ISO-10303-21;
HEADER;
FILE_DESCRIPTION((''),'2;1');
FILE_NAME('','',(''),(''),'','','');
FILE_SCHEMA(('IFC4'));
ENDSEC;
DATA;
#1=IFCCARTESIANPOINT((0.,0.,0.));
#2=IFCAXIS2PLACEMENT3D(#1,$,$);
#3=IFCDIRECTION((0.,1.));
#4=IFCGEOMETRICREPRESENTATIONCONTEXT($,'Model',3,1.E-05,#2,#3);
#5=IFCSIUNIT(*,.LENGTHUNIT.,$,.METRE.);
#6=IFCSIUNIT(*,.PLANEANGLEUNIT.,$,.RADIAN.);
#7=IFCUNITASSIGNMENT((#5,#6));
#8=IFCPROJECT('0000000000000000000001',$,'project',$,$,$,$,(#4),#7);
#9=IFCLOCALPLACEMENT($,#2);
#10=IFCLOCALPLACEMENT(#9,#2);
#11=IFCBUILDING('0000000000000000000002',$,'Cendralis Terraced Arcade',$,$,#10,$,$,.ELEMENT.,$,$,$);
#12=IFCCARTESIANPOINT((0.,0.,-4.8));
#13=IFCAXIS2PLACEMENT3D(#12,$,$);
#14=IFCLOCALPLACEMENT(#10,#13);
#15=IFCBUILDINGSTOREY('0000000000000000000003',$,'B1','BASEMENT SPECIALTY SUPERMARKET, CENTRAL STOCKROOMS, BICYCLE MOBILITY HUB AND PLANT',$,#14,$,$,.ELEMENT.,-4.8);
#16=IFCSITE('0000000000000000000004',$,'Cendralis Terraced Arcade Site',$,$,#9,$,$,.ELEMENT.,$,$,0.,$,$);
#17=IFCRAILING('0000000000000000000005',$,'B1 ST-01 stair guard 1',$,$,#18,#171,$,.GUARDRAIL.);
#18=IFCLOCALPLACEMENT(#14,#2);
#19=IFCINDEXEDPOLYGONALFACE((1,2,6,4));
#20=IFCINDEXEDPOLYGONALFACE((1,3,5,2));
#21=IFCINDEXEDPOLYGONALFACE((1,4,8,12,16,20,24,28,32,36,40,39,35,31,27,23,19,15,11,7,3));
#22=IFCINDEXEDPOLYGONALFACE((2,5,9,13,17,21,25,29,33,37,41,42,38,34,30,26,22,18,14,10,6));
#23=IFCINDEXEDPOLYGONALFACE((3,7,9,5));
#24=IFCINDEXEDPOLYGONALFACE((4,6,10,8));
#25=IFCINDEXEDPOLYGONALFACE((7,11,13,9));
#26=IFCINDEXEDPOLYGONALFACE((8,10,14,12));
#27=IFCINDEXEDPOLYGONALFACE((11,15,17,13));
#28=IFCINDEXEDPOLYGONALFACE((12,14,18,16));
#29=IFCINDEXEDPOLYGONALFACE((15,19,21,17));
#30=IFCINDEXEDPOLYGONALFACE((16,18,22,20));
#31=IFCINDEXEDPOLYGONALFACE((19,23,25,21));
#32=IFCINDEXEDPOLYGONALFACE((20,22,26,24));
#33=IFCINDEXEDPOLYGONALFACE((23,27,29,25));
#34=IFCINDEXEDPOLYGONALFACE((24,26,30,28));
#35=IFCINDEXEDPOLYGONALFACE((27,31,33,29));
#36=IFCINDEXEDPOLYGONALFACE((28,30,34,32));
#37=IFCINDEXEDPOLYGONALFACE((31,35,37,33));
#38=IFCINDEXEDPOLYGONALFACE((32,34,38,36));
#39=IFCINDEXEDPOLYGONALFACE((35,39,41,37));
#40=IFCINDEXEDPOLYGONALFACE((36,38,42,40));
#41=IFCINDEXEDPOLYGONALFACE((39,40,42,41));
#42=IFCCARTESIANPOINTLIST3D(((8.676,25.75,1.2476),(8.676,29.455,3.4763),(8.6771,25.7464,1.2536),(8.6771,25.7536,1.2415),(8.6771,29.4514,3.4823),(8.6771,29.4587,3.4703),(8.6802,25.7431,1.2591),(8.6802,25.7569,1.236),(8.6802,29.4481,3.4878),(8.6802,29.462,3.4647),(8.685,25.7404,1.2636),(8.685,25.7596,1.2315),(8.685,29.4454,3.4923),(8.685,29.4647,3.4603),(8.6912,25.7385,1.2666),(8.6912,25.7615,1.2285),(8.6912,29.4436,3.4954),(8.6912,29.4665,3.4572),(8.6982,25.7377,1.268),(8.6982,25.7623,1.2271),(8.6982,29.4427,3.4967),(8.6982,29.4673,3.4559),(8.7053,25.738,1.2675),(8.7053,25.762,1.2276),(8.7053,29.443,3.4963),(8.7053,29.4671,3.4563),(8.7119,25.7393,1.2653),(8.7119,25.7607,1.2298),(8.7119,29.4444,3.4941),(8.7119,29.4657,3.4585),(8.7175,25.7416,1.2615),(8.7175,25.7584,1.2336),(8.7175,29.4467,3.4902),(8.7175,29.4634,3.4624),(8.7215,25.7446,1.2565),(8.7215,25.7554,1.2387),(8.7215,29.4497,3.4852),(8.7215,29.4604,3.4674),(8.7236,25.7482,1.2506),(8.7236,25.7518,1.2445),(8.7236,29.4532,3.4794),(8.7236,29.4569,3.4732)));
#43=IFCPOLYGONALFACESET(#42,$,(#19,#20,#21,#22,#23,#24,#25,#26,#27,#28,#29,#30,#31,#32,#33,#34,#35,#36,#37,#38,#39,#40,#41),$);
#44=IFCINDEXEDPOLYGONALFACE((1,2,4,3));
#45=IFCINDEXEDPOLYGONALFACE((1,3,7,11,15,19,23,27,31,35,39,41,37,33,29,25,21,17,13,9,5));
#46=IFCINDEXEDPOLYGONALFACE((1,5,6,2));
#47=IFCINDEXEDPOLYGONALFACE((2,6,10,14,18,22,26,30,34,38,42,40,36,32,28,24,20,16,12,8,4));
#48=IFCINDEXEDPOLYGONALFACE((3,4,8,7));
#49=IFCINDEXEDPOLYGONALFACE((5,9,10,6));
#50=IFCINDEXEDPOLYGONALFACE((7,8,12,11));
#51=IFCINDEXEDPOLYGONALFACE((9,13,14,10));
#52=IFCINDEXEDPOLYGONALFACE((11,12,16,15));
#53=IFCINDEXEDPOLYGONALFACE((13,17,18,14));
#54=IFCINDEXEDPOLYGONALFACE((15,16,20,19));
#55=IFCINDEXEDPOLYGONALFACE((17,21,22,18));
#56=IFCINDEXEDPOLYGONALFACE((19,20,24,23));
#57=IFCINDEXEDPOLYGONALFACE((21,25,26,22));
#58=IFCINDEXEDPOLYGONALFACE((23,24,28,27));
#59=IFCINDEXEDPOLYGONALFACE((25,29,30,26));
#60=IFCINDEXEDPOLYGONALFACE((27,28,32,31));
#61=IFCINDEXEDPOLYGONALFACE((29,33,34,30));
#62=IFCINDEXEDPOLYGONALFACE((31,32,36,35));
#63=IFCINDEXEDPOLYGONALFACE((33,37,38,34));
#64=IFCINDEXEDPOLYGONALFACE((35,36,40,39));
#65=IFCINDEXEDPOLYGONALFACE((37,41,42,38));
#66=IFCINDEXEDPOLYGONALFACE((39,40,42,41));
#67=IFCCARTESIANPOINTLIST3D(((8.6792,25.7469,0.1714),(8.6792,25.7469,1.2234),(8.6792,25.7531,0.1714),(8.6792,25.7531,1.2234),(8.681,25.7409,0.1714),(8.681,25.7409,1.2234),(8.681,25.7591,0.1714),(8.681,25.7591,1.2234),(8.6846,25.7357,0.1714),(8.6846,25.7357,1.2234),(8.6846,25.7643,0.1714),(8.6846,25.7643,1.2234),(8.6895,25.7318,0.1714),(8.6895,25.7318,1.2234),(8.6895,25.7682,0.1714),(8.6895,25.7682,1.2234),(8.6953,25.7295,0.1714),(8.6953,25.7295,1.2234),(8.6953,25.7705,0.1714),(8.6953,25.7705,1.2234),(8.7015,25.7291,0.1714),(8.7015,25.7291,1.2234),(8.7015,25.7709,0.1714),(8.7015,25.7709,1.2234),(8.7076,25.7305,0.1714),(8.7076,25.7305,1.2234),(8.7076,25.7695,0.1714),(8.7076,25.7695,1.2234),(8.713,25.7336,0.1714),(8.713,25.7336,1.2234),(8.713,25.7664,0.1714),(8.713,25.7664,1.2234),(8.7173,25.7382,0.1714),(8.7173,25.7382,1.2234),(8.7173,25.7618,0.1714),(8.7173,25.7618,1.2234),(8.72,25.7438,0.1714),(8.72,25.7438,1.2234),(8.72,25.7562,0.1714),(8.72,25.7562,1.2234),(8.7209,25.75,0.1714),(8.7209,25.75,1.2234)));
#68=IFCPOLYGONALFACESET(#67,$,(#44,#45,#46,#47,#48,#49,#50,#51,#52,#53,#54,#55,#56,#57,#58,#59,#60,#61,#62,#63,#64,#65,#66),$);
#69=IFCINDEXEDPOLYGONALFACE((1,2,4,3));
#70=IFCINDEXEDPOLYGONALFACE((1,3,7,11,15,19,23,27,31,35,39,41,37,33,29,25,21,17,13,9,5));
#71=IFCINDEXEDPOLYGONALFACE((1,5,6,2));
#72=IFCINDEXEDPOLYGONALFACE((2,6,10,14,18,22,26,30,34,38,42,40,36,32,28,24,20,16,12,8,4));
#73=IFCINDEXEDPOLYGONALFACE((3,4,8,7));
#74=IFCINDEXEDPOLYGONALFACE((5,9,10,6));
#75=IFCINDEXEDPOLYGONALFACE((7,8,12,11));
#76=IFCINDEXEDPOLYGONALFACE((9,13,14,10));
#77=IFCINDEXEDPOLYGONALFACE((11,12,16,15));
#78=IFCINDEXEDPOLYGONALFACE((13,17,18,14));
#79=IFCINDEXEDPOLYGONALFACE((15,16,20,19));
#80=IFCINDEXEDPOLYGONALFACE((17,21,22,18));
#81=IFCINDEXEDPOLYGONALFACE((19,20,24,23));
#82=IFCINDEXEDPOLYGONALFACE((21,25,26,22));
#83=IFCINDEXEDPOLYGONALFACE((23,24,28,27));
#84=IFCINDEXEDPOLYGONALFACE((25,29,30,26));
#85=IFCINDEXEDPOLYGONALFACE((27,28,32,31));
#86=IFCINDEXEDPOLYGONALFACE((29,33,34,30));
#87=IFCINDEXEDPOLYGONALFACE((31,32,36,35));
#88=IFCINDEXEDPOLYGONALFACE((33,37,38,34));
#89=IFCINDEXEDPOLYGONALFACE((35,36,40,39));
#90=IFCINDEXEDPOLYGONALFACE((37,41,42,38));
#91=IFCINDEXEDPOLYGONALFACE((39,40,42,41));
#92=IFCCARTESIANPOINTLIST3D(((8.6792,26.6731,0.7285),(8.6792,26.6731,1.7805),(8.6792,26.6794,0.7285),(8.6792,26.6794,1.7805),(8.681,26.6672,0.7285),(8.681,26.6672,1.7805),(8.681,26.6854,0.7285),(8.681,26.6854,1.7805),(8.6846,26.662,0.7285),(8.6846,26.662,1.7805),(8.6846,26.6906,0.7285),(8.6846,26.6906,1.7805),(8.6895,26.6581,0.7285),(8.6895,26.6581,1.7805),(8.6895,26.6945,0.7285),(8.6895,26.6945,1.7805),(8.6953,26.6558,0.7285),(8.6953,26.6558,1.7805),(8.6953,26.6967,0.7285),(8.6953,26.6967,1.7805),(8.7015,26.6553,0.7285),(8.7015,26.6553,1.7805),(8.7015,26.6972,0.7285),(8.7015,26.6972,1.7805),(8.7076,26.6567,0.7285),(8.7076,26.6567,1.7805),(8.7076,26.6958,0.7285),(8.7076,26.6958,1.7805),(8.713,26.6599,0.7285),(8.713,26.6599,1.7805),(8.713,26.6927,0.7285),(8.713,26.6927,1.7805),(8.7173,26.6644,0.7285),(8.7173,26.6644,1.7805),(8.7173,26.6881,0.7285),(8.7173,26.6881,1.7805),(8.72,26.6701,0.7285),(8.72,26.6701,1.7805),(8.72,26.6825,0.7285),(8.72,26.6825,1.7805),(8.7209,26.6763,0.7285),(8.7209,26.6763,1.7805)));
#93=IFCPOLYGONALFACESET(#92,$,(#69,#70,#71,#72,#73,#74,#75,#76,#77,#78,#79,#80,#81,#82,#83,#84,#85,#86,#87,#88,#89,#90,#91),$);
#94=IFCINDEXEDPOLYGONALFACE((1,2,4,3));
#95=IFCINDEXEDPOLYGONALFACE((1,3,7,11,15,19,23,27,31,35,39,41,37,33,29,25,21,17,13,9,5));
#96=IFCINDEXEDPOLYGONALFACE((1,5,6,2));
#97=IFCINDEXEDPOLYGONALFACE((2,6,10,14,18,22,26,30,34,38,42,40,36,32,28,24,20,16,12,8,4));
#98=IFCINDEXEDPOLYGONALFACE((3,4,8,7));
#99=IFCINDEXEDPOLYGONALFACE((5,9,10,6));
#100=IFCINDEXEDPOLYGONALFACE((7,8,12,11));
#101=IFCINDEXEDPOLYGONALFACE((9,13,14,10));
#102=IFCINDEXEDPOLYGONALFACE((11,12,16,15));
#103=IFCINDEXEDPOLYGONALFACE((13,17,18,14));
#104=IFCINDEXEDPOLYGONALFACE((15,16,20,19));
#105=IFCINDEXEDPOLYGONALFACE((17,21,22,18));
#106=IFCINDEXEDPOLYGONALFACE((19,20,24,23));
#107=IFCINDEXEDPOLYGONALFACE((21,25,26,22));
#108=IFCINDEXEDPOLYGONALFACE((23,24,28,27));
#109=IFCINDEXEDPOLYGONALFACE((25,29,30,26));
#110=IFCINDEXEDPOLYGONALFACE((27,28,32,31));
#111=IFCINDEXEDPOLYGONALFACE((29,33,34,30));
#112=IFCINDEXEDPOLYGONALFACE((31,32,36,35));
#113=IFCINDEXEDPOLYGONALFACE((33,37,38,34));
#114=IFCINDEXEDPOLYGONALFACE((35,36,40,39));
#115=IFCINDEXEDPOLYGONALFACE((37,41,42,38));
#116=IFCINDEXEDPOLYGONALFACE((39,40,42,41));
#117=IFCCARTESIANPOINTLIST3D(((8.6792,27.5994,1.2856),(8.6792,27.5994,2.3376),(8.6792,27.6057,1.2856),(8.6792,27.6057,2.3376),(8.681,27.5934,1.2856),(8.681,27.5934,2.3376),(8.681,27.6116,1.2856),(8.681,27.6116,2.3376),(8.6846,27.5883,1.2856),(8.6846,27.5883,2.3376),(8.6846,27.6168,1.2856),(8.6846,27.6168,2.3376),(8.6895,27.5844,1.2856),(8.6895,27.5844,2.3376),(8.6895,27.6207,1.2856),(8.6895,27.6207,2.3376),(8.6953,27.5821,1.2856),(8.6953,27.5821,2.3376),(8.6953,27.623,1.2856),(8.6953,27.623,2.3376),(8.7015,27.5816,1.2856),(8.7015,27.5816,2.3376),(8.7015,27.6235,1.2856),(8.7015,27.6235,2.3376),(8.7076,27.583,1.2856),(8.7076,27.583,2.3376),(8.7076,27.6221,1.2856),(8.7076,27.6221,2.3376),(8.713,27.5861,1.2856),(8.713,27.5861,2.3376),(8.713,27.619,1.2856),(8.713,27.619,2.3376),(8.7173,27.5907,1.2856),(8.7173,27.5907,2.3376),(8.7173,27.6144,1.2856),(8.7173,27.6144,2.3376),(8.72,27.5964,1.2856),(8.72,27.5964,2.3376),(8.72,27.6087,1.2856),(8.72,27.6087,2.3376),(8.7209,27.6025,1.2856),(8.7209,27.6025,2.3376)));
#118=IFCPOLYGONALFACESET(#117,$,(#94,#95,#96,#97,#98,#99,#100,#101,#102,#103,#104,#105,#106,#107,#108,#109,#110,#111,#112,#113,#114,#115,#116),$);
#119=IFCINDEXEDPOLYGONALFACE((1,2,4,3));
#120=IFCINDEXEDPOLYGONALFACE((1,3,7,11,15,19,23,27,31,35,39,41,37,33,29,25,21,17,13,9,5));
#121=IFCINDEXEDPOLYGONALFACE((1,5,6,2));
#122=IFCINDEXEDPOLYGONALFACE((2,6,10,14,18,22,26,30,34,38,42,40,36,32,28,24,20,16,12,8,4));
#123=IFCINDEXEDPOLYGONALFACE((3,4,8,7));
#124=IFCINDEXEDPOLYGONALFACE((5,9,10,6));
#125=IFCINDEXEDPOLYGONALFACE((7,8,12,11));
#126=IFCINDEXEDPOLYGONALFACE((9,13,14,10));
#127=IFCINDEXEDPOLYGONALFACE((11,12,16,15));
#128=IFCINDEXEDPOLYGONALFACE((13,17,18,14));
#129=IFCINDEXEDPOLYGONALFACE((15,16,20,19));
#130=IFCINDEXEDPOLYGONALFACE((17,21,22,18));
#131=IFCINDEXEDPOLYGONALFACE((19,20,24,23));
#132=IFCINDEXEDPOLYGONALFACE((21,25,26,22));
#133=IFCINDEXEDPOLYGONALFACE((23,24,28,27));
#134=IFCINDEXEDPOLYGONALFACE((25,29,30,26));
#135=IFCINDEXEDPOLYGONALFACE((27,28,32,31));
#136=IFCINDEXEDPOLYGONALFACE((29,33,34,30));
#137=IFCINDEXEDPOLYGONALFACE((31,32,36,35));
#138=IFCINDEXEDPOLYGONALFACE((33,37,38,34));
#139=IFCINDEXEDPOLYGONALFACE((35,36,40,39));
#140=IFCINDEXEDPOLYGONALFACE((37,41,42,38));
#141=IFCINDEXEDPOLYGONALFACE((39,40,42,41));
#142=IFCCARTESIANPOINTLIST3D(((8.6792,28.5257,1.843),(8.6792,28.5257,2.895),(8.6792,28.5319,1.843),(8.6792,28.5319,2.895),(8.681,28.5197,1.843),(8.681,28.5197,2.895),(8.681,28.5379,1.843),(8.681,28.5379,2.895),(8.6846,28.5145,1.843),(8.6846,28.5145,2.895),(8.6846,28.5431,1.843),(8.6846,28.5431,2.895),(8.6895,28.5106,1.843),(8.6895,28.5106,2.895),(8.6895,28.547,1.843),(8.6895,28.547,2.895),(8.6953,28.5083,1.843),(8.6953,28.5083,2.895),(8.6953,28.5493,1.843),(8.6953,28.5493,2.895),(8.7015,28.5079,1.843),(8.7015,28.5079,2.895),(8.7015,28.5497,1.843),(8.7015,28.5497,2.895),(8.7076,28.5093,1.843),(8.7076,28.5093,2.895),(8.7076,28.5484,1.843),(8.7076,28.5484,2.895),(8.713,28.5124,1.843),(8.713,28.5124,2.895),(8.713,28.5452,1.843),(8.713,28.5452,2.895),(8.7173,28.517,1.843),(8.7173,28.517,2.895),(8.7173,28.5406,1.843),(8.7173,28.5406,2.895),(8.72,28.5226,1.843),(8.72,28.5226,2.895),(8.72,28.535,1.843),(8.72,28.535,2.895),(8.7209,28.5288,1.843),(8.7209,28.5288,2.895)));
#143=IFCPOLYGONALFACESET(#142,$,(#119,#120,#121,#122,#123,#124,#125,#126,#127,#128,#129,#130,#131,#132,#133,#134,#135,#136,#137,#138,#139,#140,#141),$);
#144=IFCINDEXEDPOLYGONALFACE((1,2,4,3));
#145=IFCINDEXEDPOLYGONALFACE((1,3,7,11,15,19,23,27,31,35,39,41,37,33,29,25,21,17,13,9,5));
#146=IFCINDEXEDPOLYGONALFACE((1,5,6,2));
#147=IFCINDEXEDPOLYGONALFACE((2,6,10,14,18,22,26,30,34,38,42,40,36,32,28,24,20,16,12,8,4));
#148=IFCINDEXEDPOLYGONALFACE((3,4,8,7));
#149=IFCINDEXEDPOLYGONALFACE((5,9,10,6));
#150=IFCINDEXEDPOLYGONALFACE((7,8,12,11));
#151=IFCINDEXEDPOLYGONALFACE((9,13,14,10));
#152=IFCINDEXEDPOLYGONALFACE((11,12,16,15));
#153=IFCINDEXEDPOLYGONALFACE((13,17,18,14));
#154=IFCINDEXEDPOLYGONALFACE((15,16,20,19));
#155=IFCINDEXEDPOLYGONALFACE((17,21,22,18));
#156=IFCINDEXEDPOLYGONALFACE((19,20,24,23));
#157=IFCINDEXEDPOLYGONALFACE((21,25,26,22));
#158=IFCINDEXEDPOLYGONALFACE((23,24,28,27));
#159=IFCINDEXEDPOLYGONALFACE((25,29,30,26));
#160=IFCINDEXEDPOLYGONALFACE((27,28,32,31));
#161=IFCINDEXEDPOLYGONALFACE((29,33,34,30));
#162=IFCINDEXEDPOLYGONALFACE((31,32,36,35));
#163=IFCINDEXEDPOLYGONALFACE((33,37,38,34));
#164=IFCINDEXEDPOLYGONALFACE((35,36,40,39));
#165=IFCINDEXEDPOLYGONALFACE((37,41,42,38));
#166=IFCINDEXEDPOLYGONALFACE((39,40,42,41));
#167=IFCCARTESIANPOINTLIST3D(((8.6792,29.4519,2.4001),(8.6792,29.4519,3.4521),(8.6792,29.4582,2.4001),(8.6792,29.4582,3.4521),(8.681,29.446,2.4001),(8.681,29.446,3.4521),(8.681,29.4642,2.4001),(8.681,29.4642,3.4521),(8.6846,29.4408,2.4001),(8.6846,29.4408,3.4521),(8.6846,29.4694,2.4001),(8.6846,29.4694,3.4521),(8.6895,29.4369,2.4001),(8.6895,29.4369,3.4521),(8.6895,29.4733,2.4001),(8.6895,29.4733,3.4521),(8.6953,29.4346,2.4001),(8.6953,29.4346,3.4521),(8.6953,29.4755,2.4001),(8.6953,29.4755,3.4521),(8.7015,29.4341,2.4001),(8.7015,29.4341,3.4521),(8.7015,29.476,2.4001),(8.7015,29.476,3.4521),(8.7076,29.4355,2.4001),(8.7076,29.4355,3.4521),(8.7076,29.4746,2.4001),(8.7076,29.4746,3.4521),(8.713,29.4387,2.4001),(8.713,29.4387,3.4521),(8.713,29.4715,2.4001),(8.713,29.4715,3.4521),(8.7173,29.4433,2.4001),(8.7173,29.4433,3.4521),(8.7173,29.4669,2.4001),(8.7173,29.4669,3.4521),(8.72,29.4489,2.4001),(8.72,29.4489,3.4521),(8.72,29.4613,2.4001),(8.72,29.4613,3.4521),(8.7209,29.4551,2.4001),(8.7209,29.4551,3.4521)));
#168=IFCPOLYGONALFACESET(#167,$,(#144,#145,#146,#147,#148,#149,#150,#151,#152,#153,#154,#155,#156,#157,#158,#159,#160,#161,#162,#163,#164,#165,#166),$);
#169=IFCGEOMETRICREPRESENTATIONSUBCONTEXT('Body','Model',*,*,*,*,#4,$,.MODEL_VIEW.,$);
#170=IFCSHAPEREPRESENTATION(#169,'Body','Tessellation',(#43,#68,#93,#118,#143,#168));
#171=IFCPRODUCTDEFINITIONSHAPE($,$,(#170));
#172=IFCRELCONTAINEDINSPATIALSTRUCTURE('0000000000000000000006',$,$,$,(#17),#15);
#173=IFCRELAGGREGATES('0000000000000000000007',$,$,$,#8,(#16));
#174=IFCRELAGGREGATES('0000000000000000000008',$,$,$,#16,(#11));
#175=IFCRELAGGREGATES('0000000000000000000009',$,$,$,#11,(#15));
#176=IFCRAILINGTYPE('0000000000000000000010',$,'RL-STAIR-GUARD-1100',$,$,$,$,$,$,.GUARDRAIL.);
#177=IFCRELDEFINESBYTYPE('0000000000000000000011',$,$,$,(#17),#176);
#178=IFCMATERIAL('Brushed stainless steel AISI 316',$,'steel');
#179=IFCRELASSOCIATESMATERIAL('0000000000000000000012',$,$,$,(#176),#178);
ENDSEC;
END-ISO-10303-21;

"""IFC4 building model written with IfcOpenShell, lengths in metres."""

from ifc_helpers import new_model, si_unit, direction, frame, origin, origin_2d, place, context, subcontext, project, spatial, circle, extrude, material, type_object, element, save


model = new_model("IFC4")

# Units and contexts
model_context = context("Model", 3, precision=1e-05, world=origin(), true_north=direction((0.0, 1.0)))
body_context = subcontext(model_context, "Body", "Model", "MODEL_VIEW")
ifc_project = project(units=[si_unit("LENGTHUNIT", "METRE"), si_unit("PLANEANGLEUNIT", "RADIAN")], contexts=[model_context])

# Site, building, storey
site_placement = place(None, origin())
site = spatial("IfcSite", under=ifc_project, at=site_placement, Name="Cendralis Terraced Arcade Site", CompositionType="ELEMENT", RefElevation=0.0)
building_placement = place(site_placement, origin())
building = spatial("IfcBuilding", under=site, at=building_placement, Name="Cendralis Terraced Arcade", CompositionType="ELEMENT")
storey_placement = place(building_placement, frame((0.0, 0.0, -4.8)))
storey = spatial("IfcBuildingStorey", under=building, at=storey_placement, Name="B1", Description="BASEMENT SPECIALTY SUPERMARKET, CENTRAL STOCKROOMS, BICYCLE MOBILITY HUB AND PLANT", CompositionType="ELEMENT", Elevation=-4.8)

# Railing
ifc_material_1 = material(Name="Brushed stainless steel AISI 316", Category="steel")
railing_type_1 = type_object("IfcRailingType", Name="RL-STAIR-GUARD-1100", PredefinedType="GUARDRAIL", material=ifc_material_1)
railing_1_placement = place(storey_placement, frame((8.7, 25.75, 0.1714)))
element("IfcRailing", 1, at=railing_1_placement, inside=storey, type_object=railing_type_1, Name="B1 ST-01 stair guard 1", PredefinedType="GUARDRAIL", context=body_context, shape_type="SweptSolid", body=[
    extrude(circle(Radius=0.0239, at=origin_2d()), frame((0.0, 0.0, 1.0762), z_axis=(0.0, 0.856909, 0.515467), x_axis=(-1.0, 0.0, 0.0)), (0.0, 0.0, 1.0), 4.3237),
    extrude(circle(Radius=0.021, at=origin_2d()), origin(), (0.0, 0.0, 1.0), 1.052),
    extrude(circle(Radius=0.021, at=origin_2d()), frame((0.0, 0.9263, 0.5571)), (0.0, 0.0, 1.0), 1.052),
    extrude(circle(Radius=0.021, at=origin_2d()), frame((0.0, 1.8525, 1.1143)), (0.0, 0.0, 1.0), 1.052),
    extrude(circle(Radius=0.021, at=origin_2d()), frame((0.0, 2.7788, 1.6716)), (0.0, 0.0, 1.0), 1.052),
    extrude(circle(Radius=0.021, at=origin_2d()), frame((0.0, 3.7051, 2.2288)), (0.0, 0.0, 1.0), 1.052),
])

save(model, "model.ifc")
